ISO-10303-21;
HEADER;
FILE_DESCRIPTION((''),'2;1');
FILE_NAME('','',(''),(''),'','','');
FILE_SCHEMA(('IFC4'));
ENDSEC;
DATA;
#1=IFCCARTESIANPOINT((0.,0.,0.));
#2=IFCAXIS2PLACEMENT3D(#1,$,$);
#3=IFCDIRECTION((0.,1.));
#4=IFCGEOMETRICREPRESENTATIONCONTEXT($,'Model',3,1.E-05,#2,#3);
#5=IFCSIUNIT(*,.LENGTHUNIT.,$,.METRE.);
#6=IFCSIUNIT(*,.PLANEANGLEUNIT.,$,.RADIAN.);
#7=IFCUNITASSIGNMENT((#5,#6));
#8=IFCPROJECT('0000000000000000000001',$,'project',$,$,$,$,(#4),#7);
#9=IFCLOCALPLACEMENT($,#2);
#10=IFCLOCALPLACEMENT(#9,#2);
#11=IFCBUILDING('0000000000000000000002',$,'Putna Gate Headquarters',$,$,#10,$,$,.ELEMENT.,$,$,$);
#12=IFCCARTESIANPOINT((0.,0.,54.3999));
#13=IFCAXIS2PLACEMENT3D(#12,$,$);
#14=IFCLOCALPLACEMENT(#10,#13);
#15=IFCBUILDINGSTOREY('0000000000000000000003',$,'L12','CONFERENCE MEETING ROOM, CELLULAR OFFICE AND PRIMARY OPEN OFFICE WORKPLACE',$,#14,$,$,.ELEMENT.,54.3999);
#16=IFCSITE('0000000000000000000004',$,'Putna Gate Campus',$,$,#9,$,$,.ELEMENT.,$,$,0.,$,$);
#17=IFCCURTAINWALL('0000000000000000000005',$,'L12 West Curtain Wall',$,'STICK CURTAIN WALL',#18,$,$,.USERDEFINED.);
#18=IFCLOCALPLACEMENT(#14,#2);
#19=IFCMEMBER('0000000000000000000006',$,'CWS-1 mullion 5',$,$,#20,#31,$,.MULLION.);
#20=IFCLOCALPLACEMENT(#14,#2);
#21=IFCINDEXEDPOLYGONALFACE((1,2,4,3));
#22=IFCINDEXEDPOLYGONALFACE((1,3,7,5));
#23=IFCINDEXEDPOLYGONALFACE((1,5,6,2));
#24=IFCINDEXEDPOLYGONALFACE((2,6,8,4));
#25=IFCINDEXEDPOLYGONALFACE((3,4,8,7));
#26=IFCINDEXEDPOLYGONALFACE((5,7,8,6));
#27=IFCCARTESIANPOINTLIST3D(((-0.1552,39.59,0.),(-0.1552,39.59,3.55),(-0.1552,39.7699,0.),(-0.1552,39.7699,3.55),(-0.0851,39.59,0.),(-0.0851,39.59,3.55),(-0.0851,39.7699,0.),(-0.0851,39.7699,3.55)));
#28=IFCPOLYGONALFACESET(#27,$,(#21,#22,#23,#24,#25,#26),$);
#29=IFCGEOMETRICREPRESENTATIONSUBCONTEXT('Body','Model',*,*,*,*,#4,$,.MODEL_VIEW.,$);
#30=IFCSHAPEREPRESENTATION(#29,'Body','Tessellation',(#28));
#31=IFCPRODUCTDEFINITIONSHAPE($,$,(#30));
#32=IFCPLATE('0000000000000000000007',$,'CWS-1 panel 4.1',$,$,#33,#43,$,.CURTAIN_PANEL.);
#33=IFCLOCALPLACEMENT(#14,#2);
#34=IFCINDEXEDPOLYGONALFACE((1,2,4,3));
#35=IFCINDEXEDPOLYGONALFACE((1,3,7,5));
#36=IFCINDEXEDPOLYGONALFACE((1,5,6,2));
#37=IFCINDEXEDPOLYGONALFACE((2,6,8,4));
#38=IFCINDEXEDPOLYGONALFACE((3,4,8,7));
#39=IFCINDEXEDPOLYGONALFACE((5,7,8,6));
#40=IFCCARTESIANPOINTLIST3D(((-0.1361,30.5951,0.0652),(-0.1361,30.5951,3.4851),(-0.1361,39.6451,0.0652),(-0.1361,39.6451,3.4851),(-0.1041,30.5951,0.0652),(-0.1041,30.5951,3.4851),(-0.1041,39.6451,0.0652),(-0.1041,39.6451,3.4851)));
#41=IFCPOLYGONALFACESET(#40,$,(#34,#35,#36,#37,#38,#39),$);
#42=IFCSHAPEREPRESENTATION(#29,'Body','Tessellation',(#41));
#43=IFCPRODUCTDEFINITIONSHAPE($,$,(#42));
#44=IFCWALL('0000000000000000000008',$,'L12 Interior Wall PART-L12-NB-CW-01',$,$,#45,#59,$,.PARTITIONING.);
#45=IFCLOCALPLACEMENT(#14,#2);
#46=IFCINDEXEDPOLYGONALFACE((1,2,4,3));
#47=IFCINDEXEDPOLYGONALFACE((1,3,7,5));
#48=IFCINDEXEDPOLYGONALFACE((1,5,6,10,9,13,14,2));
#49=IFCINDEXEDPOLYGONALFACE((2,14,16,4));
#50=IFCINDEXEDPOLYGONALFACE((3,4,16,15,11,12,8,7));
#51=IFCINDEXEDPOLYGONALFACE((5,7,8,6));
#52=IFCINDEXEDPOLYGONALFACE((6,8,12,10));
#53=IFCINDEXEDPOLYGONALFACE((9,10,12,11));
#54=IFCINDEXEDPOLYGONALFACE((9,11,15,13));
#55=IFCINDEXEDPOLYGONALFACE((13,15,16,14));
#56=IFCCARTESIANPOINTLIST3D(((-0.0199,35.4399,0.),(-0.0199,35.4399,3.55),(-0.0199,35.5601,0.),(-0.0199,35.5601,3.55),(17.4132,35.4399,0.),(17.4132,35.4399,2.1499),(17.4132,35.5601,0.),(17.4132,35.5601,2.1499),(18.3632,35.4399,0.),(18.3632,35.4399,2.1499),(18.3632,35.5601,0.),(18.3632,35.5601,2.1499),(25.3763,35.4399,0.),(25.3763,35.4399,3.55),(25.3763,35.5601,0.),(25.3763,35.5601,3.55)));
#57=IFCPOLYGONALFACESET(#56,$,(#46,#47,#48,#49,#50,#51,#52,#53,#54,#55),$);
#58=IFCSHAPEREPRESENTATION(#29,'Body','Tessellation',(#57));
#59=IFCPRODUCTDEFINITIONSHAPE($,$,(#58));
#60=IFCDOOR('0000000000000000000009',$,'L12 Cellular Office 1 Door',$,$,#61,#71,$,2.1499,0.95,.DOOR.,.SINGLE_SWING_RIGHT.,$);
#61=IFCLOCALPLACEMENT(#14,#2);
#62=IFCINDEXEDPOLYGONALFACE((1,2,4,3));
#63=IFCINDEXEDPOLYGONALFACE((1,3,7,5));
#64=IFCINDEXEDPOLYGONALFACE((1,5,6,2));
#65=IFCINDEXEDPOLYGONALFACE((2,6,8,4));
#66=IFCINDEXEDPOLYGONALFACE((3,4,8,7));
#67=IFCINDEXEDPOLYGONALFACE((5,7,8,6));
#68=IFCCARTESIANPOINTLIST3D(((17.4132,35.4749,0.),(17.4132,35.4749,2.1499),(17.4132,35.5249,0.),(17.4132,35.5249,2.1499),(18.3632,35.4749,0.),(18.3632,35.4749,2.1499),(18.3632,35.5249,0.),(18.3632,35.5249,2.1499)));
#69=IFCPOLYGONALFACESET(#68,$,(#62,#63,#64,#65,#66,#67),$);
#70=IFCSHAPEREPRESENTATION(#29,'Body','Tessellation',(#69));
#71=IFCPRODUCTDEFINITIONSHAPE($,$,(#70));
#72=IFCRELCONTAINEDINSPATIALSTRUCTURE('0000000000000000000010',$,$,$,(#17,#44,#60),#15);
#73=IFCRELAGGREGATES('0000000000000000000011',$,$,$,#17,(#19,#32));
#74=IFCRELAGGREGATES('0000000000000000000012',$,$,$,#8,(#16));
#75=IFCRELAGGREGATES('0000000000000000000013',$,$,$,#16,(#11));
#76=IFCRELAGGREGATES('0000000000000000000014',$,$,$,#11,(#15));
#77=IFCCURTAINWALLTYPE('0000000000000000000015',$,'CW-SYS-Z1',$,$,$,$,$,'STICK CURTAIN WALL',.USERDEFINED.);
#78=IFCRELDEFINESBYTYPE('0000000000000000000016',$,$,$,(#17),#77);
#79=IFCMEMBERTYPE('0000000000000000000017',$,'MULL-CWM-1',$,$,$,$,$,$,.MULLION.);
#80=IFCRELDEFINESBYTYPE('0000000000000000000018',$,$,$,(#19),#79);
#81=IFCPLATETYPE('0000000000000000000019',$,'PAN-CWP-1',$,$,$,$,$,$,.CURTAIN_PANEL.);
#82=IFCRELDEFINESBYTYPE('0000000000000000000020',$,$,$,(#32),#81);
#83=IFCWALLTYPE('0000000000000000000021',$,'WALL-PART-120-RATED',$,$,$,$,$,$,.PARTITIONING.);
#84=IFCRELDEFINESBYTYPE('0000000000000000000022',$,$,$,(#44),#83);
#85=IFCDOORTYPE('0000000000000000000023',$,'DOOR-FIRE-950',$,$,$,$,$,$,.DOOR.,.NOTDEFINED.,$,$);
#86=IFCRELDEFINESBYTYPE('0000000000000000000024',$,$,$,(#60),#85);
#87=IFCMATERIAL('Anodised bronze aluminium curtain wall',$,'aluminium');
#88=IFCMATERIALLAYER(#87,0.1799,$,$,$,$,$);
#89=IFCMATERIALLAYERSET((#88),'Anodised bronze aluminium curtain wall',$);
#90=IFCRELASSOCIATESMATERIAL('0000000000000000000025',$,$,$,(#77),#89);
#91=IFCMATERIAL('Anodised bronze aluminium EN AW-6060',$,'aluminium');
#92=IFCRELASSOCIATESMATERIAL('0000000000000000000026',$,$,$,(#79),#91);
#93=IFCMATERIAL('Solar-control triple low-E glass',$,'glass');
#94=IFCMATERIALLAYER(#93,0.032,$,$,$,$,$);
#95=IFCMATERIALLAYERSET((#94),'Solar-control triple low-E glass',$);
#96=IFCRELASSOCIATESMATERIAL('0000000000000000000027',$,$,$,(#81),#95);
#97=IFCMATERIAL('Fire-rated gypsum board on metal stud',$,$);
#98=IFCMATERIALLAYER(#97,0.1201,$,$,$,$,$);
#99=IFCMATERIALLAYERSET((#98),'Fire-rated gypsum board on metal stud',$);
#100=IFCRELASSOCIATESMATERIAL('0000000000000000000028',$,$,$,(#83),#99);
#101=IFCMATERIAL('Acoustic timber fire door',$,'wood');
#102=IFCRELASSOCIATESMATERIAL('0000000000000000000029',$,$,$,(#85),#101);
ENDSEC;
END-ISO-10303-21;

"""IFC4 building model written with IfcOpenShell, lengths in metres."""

from ifc_helpers import new_model, si_unit, direction, frame, frame_2d, origin, origin_2d, place, context, subcontext, project, spatial, rectangle, extrude, material, layer, layer_set, material_profile, profile_set, type_object, element, fill, aggregate, save


model = new_model("IFC4")

# Units and contexts
model_context = context("Model", 3, precision=1e-05, world=origin(), true_north=direction((0.0, 1.0)))
body_context = subcontext(model_context, "Body", "Model", "MODEL_VIEW")
ifc_project = project(units=[si_unit("LENGTHUNIT", "METRE"), si_unit("PLANEANGLEUNIT", "RADIAN")], contexts=[model_context])

# Site, building, storey
site_placement = place(None, origin())
site = spatial("IfcSite", under=ifc_project, at=site_placement, Name="Putna Gate Campus", CompositionType="ELEMENT", RefElevation=0.0)
building_placement = place(site_placement, origin())
building = spatial("IfcBuilding", under=site, at=building_placement, Name="Putna Gate Headquarters", CompositionType="ELEMENT")
storey_placement = place(building_placement, frame((0.0, 0.0, 54.3999)))
storey = spatial("IfcBuildingStorey", under=building, at=storey_placement, Name="L12", Description="CONFERENCE MEETING ROOM, CELLULAR OFFICE AND PRIMARY OPEN OFFICE WORKPLACE", CompositionType="ELEMENT", Elevation=54.3999)

# Curtain wall, member, plate
ifc_material_1 = material(Name="Anodised bronze aluminium curtain wall", Category="aluminium")
ifc_layer_1 = layer(ifc_material_1, 0.1799)
ifc_layer_set_1 = layer_set([ifc_layer_1], Name="Anodised bronze aluminium curtain wall")
curtain_wall_type = type_object("IfcCurtainWallType", Name="CW-SYS-Z1", ElementType="STICK CURTAIN WALL", PredefinedType="USERDEFINED", material=ifc_layer_set_1)
curtain_wall_placement = place(storey_placement, origin())
curtain_wall = element("IfcCurtainWall", 1, at=curtain_wall_placement, inside=storey, type_object=curtain_wall_type, Name="L12 West Curtain Wall", ObjectType="STICK CURTAIN WALL", PredefinedType="USERDEFINED")
ifc_material_2 = material(Name="Anodised bronze aluminium EN AW-6060", Category="aluminium")
ifc_material_profile_1 = material_profile(ifc_material_2, rectangle(XDim=0.0701, YDim=0.1799, at=origin_2d()), Name="Anodised bronze aluminium EN AW-6060")
ifc_profile_set_1 = profile_set([ifc_material_profile_1], Name="Anodised bronze aluminium EN AW-6060")
member_type = type_object("IfcMemberType", Name="MULL-CWM-1", PredefinedType="MULLION", material=ifc_profile_set_1)
member_placement = place(storey_placement, frame((-0.1201, 39.6799, 0.0), z_axis=(0.0, 0.0, 1.0), x_axis=(-1.0, 0.0, 0.0)))
member = element("IfcMember", 2, at=member_placement, type_object=member_type, Name="CWS-1 mullion 5", PredefinedType="MULLION", context=body_context, shape_type="SweptSolid", body=[
    extrude(rectangle(XDim=0.0701, YDim=0.1799, at=origin_2d()), origin(), (0.0, 0.0, 1.0), 3.55),
])
ifc_material_3 = material(Name="Solar-control triple low-E glass", Category="glass")
ifc_layer_2 = layer(ifc_material_3, 0.032)
ifc_layer_set_2 = layer_set([ifc_layer_2], Name="Solar-control triple low-E glass")
plate_type = type_object("IfcPlateType", Name="PAN-CWP-1", PredefinedType="CURTAIN_PANEL", material=ifc_layer_set_2)
plate_placement = place(storey_placement, frame((-0.1201, 35.1201, 0.0652), z_axis=(0.0, 0.0, 1.0), x_axis=(0.0, 1.0, 0.0)))
plate = element("IfcPlate", 3, at=plate_placement, type_object=plate_type, Name="CWS-1 panel 4.1", PredefinedType="CURTAIN_PANEL", context=body_context, shape_type="SweptSolid", body=[
    extrude(rectangle(XDim=9.05, YDim=0.032, at=origin_2d()), origin(), (0.0, 0.0, 1.0), 3.4199),
])
aggregate(curtain_wall, [member, plate])

# Wall, opening, door
ifc_material_4 = material(Name="Fire-rated gypsum board on metal stud")
ifc_layer_3 = layer(ifc_material_4, 0.1201)
ifc_layer_set_3 = layer_set([ifc_layer_3], Name="Fire-rated gypsum board on metal stud")
wall_type_1 = type_object("IfcWallType", Name="WALL-PART-120-RATED", PredefinedType="PARTITIONING", material=ifc_layer_set_3)
wall_1_placement = place(storey_placement, frame((-0.02, 35.5, 0.0), z_axis=(0.0, 0.0, 1.0), x_axis=(1.0, 0.0, 0.0)))
wall_1 = element("IfcWall", 4, at=wall_1_placement, inside=storey, type_object=wall_type_1, Name="L12 Interior Wall PART-L12-NB-CW-01", PredefinedType="PARTITIONING", context=body_context, shape_type="SweptSolid", body=[
    extrude(rectangle(XDim=25.3962, YDim=0.1201, at=frame_2d((12.6982, 0.0))), origin(), (0.0, 0.0, 1.0), 3.55),
])
opening_1_placement = place(wall_1_placement, frame((17.4331, 0.0, 0.0)))
opening_1 = element("IfcOpeningElement", 5, at=opening_1_placement, cuts=wall_1, PredefinedType="OPENING", context=body_context, shape_type="SweptSolid", body=[
    extrude(rectangle(XDim=0.95, YDim=2.1499, at=frame_2d((0.4751, 1.075))), frame((0.0, 0.0701, 0.0), z_axis=(0.0, -1.0, 0.0), x_axis=(1.0, 0.0, 0.0)), (0.0, 0.0, 1.0), 0.1401),
])
ifc_material_5 = material(Name="Acoustic timber fire door", Category="wood")
door_type_1 = type_object("IfcDoorType", Name="DOOR-FIRE-950", OperationType="NOTDEFINED", PredefinedType="DOOR", material=ifc_material_5)
door_1_placement = place(opening_1_placement, origin())
door_1 = element("IfcDoor", 6, at=door_1_placement, inside=storey, type_object=door_type_1, Name="L12 Cellular Office 1 Door", OperationType="SINGLE_SWING_RIGHT", OverallHeight=2.1499, OverallWidth=0.95, PredefinedType="DOOR", context=body_context, shape_type="SweptSolid", body=[
    extrude(rectangle(XDim=0.95, YDim=2.1499, at=frame_2d((0.4751, 1.075))), frame((0.0, 0.0249, 0.0), z_axis=(0.0, -1.0, 0.0), x_axis=(1.0, 0.0, 0.0)), (0.0, 0.0, 1.0), 0.05),
])
fill(opening_1, door_1)

save(model, "model.ifc")
